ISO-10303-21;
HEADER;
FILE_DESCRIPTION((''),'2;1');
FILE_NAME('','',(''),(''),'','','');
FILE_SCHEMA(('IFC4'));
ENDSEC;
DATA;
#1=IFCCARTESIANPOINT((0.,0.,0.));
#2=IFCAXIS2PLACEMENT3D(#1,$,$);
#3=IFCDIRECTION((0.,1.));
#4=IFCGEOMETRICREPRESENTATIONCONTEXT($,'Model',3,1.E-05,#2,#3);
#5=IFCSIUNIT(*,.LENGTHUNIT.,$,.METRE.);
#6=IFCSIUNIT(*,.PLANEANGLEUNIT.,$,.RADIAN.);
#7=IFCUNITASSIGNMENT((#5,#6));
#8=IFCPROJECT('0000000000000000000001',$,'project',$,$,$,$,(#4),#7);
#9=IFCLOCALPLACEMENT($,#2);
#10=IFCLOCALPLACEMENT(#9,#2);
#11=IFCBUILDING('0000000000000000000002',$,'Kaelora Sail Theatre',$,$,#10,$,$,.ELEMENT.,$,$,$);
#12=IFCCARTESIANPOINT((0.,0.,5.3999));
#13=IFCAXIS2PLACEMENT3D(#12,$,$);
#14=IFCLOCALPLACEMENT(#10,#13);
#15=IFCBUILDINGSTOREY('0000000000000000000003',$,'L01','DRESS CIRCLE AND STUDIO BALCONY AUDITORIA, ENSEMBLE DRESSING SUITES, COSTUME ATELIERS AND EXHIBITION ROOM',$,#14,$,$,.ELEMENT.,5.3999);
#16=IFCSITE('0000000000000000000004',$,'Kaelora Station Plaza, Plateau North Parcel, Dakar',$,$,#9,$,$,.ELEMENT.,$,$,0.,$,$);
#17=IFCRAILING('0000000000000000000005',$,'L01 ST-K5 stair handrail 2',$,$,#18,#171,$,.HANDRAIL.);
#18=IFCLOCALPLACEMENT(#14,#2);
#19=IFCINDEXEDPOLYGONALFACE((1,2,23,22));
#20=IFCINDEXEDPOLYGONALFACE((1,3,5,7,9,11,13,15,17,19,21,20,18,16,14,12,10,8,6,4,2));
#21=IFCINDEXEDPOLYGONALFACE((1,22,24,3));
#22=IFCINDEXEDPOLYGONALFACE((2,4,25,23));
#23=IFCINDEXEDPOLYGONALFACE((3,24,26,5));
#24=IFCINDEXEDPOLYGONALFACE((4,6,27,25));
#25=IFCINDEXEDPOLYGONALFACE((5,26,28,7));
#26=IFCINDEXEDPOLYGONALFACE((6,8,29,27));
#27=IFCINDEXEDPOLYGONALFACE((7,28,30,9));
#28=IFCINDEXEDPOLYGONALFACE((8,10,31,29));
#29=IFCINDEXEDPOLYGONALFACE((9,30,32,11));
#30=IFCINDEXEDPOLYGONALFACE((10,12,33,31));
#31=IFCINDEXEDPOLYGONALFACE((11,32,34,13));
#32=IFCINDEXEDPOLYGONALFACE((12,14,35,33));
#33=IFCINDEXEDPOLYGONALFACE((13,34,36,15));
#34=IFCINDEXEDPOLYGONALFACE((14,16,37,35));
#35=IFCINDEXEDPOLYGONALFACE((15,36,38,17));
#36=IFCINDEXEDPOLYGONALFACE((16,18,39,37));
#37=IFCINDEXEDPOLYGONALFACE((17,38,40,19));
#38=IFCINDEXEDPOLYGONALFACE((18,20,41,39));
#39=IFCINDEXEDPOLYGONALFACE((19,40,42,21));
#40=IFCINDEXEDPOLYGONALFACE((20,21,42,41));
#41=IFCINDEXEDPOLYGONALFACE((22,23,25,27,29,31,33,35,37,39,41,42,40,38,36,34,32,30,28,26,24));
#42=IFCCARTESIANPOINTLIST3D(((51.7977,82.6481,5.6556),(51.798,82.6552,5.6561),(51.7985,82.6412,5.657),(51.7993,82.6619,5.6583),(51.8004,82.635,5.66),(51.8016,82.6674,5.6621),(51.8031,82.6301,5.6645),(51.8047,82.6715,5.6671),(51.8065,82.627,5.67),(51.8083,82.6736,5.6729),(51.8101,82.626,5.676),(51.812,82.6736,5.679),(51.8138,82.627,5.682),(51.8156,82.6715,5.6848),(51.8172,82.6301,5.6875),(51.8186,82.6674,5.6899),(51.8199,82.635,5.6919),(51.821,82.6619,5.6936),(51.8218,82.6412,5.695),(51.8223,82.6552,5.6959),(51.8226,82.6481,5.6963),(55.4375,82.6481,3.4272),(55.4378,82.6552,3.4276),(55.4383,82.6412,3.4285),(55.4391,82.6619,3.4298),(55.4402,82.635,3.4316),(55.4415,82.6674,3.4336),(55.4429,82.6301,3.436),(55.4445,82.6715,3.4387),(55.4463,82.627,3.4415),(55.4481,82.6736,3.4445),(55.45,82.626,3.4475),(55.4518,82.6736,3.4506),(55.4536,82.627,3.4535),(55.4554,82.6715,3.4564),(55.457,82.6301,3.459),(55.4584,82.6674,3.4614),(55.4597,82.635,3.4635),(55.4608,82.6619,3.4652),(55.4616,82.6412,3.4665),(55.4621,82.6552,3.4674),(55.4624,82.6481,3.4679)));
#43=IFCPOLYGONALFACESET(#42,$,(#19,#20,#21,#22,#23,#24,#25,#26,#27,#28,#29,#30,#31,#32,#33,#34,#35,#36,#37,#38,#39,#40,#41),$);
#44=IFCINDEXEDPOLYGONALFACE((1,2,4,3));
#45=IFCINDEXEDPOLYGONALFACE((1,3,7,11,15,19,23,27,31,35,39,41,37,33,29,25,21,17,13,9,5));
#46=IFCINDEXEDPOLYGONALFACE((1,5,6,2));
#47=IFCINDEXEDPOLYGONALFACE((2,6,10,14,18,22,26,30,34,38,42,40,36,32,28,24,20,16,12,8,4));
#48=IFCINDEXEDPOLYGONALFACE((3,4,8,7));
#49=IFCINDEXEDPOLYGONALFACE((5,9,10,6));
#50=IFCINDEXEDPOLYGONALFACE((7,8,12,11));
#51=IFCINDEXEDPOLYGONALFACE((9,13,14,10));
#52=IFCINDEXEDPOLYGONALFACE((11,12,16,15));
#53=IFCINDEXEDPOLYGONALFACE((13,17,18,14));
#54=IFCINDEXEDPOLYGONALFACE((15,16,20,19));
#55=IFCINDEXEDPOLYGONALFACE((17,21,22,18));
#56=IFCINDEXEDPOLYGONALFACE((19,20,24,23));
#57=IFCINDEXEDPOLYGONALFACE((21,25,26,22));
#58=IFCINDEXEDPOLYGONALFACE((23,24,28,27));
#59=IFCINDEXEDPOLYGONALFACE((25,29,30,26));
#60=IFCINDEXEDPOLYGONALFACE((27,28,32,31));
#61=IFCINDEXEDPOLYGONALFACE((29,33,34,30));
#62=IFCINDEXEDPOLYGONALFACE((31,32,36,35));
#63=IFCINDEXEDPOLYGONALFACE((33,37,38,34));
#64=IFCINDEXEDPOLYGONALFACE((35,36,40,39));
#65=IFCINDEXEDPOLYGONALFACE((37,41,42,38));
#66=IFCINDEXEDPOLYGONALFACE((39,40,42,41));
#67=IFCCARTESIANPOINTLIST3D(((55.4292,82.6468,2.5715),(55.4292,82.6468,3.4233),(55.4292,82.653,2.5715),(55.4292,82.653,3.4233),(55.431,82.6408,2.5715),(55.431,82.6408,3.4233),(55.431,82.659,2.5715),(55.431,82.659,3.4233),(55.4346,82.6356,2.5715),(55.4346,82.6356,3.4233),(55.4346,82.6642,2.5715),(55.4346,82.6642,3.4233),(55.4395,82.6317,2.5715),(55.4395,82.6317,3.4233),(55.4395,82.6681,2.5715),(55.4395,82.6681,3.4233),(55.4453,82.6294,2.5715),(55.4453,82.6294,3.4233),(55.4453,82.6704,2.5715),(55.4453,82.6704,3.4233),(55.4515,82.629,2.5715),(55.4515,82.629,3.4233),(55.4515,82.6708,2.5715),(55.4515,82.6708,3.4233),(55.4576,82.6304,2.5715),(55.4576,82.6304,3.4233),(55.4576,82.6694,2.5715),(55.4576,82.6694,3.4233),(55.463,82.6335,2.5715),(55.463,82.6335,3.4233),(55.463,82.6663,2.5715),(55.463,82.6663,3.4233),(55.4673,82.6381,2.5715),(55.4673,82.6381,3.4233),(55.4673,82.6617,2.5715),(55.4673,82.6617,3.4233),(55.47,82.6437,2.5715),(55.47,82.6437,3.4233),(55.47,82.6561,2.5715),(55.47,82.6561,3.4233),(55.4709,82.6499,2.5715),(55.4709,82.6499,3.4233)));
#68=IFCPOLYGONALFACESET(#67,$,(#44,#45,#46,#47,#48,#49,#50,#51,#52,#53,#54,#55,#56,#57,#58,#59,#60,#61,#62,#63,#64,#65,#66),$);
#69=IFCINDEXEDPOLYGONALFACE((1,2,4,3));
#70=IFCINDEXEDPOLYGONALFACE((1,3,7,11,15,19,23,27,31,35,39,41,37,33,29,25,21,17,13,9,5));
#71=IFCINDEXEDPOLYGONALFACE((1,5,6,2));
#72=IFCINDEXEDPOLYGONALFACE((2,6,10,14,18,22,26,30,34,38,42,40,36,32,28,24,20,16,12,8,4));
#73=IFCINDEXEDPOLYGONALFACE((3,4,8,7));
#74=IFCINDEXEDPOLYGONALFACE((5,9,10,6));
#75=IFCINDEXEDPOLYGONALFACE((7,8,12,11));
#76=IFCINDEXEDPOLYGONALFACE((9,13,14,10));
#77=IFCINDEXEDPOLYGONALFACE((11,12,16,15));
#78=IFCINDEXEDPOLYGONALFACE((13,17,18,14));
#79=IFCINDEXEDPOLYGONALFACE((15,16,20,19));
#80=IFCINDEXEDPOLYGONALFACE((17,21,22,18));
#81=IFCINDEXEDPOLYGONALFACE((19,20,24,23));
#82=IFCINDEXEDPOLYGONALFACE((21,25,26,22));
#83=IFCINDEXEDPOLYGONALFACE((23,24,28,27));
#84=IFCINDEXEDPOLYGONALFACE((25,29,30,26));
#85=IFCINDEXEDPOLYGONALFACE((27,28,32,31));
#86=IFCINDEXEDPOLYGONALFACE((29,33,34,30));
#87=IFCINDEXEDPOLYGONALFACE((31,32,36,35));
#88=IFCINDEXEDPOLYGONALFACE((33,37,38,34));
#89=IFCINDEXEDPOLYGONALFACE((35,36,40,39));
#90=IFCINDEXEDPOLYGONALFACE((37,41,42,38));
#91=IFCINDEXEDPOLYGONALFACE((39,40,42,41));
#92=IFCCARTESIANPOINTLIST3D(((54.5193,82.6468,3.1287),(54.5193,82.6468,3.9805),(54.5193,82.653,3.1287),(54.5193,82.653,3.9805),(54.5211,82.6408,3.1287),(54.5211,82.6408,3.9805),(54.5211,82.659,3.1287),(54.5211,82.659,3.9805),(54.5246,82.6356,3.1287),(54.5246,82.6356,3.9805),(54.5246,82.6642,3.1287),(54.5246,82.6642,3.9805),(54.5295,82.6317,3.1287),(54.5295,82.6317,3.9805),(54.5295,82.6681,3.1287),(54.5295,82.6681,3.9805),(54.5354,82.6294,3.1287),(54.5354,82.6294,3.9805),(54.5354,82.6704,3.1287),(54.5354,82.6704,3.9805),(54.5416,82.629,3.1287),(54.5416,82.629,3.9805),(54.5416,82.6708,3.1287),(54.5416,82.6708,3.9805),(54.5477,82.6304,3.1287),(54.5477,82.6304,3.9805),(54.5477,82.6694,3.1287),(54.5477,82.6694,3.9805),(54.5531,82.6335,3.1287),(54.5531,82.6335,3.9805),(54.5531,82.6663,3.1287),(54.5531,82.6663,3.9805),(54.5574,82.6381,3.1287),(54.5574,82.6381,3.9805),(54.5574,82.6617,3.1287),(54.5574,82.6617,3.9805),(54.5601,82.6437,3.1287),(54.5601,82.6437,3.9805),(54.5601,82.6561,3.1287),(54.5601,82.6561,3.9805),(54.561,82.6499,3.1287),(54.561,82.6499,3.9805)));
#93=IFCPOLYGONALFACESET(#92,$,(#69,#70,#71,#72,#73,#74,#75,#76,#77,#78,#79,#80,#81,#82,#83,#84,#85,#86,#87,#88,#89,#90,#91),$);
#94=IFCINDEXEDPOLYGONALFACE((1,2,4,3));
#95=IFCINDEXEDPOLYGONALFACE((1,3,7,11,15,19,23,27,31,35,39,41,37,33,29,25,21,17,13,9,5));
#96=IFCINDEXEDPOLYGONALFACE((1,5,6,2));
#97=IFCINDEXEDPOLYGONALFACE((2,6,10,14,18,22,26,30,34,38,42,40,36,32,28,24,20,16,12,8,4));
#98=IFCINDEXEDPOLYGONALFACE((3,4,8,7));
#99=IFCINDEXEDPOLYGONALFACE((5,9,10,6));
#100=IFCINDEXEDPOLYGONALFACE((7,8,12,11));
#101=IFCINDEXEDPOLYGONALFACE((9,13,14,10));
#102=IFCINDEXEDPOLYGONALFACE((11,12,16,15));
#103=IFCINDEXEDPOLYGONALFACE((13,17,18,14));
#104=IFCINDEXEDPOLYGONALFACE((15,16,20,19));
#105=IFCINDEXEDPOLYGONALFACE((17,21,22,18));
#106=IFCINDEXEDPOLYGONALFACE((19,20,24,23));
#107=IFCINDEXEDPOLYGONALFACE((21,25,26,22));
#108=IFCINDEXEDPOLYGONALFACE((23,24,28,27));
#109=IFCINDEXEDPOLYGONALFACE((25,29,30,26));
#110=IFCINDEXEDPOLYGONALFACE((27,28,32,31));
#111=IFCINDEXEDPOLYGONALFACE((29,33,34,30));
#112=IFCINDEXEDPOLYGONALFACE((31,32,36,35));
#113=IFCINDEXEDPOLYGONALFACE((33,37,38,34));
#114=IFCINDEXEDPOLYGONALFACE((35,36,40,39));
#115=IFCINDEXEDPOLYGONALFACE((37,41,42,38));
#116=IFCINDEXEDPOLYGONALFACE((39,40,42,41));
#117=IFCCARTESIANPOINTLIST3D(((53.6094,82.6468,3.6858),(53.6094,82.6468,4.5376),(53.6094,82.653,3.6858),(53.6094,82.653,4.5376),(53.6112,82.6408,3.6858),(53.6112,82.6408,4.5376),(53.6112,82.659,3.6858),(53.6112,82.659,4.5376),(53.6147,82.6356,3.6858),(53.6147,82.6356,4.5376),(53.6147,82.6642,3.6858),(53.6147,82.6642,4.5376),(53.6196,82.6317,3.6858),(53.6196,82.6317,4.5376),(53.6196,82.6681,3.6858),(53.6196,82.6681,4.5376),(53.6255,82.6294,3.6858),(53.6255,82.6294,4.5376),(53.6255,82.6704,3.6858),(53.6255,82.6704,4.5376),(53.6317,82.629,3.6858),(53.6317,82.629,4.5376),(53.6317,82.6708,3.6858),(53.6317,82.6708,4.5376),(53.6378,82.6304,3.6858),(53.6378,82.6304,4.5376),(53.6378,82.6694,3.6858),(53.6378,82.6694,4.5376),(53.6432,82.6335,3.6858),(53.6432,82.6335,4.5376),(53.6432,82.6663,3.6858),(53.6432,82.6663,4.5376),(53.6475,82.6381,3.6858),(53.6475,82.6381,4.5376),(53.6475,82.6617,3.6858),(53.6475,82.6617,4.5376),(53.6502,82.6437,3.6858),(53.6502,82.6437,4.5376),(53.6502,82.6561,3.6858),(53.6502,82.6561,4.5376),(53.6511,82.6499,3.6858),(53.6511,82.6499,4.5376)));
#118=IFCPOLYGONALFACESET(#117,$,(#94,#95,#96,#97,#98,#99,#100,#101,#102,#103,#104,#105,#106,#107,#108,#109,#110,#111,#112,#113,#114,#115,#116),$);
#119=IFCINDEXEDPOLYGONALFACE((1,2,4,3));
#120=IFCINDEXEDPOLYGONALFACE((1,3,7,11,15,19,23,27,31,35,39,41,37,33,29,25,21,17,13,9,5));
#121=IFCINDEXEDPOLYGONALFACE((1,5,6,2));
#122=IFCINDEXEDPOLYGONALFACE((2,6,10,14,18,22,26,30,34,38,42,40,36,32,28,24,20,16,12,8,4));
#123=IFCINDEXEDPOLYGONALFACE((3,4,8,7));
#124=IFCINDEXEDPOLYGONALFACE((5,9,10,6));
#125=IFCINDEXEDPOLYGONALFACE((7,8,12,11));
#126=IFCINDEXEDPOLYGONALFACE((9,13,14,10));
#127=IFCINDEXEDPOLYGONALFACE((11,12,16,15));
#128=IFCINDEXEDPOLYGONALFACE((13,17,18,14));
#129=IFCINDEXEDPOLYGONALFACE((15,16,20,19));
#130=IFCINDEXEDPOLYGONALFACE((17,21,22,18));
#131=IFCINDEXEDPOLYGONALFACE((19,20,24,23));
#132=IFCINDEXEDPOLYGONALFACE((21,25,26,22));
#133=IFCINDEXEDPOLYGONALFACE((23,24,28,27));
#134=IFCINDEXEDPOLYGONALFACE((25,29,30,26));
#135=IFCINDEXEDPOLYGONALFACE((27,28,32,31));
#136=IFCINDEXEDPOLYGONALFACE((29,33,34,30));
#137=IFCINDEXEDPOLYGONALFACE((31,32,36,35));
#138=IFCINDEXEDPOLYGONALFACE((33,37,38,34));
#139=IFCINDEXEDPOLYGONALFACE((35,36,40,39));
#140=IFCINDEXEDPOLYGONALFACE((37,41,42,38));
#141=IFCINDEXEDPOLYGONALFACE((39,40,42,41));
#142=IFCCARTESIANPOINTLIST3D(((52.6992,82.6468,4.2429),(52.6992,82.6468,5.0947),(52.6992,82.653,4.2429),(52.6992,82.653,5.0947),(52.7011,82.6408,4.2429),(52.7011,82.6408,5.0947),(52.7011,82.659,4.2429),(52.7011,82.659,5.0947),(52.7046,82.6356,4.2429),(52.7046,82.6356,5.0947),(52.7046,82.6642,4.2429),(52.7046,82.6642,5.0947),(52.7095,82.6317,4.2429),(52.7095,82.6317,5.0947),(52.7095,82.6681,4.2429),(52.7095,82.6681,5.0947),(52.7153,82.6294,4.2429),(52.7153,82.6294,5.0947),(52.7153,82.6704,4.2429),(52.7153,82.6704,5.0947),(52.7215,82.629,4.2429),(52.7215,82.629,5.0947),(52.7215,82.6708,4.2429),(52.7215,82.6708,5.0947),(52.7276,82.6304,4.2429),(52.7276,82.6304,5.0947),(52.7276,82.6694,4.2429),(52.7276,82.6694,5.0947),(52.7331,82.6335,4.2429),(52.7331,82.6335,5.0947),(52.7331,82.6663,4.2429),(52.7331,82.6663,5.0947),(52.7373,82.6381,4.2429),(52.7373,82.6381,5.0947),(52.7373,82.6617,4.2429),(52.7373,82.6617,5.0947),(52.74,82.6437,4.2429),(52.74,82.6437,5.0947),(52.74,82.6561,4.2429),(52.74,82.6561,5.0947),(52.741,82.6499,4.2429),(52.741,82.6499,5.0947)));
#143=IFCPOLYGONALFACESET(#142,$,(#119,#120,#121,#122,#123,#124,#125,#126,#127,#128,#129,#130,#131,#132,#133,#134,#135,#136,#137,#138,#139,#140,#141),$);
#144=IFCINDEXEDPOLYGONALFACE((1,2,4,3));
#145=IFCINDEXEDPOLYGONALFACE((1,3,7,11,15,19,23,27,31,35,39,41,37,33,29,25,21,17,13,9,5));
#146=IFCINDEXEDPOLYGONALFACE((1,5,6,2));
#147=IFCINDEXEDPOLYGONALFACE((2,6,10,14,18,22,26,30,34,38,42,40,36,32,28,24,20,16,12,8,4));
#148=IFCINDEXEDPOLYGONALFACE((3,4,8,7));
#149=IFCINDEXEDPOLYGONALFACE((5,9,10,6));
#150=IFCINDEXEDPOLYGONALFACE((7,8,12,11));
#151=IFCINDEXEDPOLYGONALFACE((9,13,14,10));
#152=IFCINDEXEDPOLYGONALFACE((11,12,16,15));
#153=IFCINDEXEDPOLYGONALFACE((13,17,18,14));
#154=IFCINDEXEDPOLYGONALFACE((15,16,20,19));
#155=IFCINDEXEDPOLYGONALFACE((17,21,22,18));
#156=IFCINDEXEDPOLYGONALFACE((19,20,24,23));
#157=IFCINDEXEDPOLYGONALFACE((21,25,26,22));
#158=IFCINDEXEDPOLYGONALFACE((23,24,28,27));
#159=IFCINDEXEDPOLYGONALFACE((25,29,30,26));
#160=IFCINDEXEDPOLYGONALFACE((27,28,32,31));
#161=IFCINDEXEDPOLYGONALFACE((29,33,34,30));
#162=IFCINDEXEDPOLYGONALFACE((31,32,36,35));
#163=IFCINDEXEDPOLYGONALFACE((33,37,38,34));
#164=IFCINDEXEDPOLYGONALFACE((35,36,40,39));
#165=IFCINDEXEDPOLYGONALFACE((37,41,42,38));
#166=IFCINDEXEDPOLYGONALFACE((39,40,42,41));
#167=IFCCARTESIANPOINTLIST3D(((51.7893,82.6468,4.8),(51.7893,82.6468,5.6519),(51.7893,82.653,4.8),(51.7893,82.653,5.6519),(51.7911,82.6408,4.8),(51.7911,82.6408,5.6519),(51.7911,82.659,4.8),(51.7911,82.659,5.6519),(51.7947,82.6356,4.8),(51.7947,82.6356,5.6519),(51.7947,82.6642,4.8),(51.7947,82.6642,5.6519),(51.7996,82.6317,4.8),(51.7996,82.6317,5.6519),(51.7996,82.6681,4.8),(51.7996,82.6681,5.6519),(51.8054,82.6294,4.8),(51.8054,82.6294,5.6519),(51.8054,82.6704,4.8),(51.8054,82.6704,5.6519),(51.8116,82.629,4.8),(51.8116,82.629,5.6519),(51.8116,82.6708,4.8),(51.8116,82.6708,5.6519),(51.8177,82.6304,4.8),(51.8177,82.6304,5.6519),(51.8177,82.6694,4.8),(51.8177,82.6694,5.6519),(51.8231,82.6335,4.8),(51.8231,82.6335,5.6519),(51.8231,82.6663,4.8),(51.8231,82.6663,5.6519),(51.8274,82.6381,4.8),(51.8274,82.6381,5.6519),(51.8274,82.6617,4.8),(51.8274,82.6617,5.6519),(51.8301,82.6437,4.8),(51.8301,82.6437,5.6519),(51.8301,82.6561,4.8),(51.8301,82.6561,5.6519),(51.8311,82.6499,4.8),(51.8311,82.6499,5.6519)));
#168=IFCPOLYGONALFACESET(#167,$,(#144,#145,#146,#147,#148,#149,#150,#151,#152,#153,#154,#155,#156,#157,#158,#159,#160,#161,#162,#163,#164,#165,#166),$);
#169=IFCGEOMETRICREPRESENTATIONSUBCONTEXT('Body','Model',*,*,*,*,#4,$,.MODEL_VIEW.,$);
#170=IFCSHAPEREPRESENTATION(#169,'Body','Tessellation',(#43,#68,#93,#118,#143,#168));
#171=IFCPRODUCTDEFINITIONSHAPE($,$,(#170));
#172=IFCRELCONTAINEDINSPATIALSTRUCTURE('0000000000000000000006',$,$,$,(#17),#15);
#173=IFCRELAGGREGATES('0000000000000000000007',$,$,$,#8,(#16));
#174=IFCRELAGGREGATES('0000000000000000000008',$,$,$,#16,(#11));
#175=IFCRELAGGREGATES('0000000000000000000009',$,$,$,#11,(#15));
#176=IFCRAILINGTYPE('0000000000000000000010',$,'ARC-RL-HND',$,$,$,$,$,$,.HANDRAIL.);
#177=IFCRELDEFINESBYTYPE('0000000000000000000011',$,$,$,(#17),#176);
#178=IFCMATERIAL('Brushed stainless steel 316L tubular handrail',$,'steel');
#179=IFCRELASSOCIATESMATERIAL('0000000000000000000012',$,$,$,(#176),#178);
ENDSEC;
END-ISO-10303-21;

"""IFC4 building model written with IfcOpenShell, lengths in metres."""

from ifc_helpers import new_model, si_unit, direction, frame, origin, origin_2d, place, context, subcontext, project, spatial, circle, extrude, material, type_object, element, save


model = new_model("IFC4")

# Units and contexts
model_context = context("Model", 3, precision=1e-05, world=origin(), true_north=direction((0.0, 1.0)))
body_context = subcontext(model_context, "Body", "Model", "MODEL_VIEW")
ifc_project = project(units=[si_unit("LENGTHUNIT", "METRE"), si_unit("PLANEANGLEUNIT", "RADIAN")], contexts=[model_context])

# Site, building, storey
site_placement = place(None, origin())
site = spatial("IfcSite", under=ifc_project, at=site_placement, Name="Kaelora Station Plaza, Plateau North Parcel, Dakar", CompositionType="ELEMENT", RefElevation=0.0)
building_placement = place(site_placement, origin())
building = spatial("IfcBuilding", under=site, at=building_placement, Name="Kaelora Sail Theatre", CompositionType="ELEMENT")
storey_placement = place(building_placement, frame((0.0, 0.0, 5.3999)))
storey = spatial("IfcBuildingStorey", under=building, at=storey_placement, Name="L01", Description="DRESS CIRCLE AND STUDIO BALCONY AUDITORIA, ENSEMBLE DRESSING SUITES, COSTUME ATELIERS AND EXHIBITION ROOM", CompositionType="ELEMENT", Elevation=5.3999)

# Railing
ifc_material_1 = material(Name="Brushed stainless steel 316L tubular handrail", Category="steel")
railing_type_1 = type_object("IfcRailingType", Name="ARC-RL-HND", PredefinedType="HANDRAIL", material=ifc_material_1)
railing_1_placement = place(storey_placement, frame((55.45, 82.6499, 2.5715)))
element("IfcRailing", 1, at=railing_1_placement, inside=storey, type_object=railing_type_1, Name="L01 ST-K5 stair handrail 2", PredefinedType="HANDRAIL", context=body_context, shape_type="SweptSolid", body=[
    extrude(circle(Radius=0.0239, at=origin_2d()), frame((0.0, 0.0, 0.876), z_axis=(-0.85285, 0.0, 0.522156), x_axis=(0.0, -1.0, 0.0)), (0.0, 0.0, 1.0), 4.2678),
    extrude(circle(Radius=0.021, at=origin_2d()), origin(), (0.0, 0.0, 1.0), 0.8518),
    extrude(circle(Radius=0.021, at=origin_2d()), frame((-0.9099, 0.0, 0.5571)), (0.0, 0.0, 1.0), 0.8518),
    extrude(circle(Radius=0.021, at=origin_2d()), frame((-1.8198, 0.0, 1.1143)), (0.0, 0.0, 1.0), 0.8518),
    extrude(circle(Radius=0.021, at=origin_2d()), frame((-2.73, 0.0, 1.6714)), (0.0, 0.0, 1.0), 0.8518),
    extrude(circle(Radius=0.021, at=origin_2d()), frame((-3.6399, 0.0, 2.2285)), (0.0, 0.0, 1.0), 0.8518),
])

save(model, "model.ifc")
